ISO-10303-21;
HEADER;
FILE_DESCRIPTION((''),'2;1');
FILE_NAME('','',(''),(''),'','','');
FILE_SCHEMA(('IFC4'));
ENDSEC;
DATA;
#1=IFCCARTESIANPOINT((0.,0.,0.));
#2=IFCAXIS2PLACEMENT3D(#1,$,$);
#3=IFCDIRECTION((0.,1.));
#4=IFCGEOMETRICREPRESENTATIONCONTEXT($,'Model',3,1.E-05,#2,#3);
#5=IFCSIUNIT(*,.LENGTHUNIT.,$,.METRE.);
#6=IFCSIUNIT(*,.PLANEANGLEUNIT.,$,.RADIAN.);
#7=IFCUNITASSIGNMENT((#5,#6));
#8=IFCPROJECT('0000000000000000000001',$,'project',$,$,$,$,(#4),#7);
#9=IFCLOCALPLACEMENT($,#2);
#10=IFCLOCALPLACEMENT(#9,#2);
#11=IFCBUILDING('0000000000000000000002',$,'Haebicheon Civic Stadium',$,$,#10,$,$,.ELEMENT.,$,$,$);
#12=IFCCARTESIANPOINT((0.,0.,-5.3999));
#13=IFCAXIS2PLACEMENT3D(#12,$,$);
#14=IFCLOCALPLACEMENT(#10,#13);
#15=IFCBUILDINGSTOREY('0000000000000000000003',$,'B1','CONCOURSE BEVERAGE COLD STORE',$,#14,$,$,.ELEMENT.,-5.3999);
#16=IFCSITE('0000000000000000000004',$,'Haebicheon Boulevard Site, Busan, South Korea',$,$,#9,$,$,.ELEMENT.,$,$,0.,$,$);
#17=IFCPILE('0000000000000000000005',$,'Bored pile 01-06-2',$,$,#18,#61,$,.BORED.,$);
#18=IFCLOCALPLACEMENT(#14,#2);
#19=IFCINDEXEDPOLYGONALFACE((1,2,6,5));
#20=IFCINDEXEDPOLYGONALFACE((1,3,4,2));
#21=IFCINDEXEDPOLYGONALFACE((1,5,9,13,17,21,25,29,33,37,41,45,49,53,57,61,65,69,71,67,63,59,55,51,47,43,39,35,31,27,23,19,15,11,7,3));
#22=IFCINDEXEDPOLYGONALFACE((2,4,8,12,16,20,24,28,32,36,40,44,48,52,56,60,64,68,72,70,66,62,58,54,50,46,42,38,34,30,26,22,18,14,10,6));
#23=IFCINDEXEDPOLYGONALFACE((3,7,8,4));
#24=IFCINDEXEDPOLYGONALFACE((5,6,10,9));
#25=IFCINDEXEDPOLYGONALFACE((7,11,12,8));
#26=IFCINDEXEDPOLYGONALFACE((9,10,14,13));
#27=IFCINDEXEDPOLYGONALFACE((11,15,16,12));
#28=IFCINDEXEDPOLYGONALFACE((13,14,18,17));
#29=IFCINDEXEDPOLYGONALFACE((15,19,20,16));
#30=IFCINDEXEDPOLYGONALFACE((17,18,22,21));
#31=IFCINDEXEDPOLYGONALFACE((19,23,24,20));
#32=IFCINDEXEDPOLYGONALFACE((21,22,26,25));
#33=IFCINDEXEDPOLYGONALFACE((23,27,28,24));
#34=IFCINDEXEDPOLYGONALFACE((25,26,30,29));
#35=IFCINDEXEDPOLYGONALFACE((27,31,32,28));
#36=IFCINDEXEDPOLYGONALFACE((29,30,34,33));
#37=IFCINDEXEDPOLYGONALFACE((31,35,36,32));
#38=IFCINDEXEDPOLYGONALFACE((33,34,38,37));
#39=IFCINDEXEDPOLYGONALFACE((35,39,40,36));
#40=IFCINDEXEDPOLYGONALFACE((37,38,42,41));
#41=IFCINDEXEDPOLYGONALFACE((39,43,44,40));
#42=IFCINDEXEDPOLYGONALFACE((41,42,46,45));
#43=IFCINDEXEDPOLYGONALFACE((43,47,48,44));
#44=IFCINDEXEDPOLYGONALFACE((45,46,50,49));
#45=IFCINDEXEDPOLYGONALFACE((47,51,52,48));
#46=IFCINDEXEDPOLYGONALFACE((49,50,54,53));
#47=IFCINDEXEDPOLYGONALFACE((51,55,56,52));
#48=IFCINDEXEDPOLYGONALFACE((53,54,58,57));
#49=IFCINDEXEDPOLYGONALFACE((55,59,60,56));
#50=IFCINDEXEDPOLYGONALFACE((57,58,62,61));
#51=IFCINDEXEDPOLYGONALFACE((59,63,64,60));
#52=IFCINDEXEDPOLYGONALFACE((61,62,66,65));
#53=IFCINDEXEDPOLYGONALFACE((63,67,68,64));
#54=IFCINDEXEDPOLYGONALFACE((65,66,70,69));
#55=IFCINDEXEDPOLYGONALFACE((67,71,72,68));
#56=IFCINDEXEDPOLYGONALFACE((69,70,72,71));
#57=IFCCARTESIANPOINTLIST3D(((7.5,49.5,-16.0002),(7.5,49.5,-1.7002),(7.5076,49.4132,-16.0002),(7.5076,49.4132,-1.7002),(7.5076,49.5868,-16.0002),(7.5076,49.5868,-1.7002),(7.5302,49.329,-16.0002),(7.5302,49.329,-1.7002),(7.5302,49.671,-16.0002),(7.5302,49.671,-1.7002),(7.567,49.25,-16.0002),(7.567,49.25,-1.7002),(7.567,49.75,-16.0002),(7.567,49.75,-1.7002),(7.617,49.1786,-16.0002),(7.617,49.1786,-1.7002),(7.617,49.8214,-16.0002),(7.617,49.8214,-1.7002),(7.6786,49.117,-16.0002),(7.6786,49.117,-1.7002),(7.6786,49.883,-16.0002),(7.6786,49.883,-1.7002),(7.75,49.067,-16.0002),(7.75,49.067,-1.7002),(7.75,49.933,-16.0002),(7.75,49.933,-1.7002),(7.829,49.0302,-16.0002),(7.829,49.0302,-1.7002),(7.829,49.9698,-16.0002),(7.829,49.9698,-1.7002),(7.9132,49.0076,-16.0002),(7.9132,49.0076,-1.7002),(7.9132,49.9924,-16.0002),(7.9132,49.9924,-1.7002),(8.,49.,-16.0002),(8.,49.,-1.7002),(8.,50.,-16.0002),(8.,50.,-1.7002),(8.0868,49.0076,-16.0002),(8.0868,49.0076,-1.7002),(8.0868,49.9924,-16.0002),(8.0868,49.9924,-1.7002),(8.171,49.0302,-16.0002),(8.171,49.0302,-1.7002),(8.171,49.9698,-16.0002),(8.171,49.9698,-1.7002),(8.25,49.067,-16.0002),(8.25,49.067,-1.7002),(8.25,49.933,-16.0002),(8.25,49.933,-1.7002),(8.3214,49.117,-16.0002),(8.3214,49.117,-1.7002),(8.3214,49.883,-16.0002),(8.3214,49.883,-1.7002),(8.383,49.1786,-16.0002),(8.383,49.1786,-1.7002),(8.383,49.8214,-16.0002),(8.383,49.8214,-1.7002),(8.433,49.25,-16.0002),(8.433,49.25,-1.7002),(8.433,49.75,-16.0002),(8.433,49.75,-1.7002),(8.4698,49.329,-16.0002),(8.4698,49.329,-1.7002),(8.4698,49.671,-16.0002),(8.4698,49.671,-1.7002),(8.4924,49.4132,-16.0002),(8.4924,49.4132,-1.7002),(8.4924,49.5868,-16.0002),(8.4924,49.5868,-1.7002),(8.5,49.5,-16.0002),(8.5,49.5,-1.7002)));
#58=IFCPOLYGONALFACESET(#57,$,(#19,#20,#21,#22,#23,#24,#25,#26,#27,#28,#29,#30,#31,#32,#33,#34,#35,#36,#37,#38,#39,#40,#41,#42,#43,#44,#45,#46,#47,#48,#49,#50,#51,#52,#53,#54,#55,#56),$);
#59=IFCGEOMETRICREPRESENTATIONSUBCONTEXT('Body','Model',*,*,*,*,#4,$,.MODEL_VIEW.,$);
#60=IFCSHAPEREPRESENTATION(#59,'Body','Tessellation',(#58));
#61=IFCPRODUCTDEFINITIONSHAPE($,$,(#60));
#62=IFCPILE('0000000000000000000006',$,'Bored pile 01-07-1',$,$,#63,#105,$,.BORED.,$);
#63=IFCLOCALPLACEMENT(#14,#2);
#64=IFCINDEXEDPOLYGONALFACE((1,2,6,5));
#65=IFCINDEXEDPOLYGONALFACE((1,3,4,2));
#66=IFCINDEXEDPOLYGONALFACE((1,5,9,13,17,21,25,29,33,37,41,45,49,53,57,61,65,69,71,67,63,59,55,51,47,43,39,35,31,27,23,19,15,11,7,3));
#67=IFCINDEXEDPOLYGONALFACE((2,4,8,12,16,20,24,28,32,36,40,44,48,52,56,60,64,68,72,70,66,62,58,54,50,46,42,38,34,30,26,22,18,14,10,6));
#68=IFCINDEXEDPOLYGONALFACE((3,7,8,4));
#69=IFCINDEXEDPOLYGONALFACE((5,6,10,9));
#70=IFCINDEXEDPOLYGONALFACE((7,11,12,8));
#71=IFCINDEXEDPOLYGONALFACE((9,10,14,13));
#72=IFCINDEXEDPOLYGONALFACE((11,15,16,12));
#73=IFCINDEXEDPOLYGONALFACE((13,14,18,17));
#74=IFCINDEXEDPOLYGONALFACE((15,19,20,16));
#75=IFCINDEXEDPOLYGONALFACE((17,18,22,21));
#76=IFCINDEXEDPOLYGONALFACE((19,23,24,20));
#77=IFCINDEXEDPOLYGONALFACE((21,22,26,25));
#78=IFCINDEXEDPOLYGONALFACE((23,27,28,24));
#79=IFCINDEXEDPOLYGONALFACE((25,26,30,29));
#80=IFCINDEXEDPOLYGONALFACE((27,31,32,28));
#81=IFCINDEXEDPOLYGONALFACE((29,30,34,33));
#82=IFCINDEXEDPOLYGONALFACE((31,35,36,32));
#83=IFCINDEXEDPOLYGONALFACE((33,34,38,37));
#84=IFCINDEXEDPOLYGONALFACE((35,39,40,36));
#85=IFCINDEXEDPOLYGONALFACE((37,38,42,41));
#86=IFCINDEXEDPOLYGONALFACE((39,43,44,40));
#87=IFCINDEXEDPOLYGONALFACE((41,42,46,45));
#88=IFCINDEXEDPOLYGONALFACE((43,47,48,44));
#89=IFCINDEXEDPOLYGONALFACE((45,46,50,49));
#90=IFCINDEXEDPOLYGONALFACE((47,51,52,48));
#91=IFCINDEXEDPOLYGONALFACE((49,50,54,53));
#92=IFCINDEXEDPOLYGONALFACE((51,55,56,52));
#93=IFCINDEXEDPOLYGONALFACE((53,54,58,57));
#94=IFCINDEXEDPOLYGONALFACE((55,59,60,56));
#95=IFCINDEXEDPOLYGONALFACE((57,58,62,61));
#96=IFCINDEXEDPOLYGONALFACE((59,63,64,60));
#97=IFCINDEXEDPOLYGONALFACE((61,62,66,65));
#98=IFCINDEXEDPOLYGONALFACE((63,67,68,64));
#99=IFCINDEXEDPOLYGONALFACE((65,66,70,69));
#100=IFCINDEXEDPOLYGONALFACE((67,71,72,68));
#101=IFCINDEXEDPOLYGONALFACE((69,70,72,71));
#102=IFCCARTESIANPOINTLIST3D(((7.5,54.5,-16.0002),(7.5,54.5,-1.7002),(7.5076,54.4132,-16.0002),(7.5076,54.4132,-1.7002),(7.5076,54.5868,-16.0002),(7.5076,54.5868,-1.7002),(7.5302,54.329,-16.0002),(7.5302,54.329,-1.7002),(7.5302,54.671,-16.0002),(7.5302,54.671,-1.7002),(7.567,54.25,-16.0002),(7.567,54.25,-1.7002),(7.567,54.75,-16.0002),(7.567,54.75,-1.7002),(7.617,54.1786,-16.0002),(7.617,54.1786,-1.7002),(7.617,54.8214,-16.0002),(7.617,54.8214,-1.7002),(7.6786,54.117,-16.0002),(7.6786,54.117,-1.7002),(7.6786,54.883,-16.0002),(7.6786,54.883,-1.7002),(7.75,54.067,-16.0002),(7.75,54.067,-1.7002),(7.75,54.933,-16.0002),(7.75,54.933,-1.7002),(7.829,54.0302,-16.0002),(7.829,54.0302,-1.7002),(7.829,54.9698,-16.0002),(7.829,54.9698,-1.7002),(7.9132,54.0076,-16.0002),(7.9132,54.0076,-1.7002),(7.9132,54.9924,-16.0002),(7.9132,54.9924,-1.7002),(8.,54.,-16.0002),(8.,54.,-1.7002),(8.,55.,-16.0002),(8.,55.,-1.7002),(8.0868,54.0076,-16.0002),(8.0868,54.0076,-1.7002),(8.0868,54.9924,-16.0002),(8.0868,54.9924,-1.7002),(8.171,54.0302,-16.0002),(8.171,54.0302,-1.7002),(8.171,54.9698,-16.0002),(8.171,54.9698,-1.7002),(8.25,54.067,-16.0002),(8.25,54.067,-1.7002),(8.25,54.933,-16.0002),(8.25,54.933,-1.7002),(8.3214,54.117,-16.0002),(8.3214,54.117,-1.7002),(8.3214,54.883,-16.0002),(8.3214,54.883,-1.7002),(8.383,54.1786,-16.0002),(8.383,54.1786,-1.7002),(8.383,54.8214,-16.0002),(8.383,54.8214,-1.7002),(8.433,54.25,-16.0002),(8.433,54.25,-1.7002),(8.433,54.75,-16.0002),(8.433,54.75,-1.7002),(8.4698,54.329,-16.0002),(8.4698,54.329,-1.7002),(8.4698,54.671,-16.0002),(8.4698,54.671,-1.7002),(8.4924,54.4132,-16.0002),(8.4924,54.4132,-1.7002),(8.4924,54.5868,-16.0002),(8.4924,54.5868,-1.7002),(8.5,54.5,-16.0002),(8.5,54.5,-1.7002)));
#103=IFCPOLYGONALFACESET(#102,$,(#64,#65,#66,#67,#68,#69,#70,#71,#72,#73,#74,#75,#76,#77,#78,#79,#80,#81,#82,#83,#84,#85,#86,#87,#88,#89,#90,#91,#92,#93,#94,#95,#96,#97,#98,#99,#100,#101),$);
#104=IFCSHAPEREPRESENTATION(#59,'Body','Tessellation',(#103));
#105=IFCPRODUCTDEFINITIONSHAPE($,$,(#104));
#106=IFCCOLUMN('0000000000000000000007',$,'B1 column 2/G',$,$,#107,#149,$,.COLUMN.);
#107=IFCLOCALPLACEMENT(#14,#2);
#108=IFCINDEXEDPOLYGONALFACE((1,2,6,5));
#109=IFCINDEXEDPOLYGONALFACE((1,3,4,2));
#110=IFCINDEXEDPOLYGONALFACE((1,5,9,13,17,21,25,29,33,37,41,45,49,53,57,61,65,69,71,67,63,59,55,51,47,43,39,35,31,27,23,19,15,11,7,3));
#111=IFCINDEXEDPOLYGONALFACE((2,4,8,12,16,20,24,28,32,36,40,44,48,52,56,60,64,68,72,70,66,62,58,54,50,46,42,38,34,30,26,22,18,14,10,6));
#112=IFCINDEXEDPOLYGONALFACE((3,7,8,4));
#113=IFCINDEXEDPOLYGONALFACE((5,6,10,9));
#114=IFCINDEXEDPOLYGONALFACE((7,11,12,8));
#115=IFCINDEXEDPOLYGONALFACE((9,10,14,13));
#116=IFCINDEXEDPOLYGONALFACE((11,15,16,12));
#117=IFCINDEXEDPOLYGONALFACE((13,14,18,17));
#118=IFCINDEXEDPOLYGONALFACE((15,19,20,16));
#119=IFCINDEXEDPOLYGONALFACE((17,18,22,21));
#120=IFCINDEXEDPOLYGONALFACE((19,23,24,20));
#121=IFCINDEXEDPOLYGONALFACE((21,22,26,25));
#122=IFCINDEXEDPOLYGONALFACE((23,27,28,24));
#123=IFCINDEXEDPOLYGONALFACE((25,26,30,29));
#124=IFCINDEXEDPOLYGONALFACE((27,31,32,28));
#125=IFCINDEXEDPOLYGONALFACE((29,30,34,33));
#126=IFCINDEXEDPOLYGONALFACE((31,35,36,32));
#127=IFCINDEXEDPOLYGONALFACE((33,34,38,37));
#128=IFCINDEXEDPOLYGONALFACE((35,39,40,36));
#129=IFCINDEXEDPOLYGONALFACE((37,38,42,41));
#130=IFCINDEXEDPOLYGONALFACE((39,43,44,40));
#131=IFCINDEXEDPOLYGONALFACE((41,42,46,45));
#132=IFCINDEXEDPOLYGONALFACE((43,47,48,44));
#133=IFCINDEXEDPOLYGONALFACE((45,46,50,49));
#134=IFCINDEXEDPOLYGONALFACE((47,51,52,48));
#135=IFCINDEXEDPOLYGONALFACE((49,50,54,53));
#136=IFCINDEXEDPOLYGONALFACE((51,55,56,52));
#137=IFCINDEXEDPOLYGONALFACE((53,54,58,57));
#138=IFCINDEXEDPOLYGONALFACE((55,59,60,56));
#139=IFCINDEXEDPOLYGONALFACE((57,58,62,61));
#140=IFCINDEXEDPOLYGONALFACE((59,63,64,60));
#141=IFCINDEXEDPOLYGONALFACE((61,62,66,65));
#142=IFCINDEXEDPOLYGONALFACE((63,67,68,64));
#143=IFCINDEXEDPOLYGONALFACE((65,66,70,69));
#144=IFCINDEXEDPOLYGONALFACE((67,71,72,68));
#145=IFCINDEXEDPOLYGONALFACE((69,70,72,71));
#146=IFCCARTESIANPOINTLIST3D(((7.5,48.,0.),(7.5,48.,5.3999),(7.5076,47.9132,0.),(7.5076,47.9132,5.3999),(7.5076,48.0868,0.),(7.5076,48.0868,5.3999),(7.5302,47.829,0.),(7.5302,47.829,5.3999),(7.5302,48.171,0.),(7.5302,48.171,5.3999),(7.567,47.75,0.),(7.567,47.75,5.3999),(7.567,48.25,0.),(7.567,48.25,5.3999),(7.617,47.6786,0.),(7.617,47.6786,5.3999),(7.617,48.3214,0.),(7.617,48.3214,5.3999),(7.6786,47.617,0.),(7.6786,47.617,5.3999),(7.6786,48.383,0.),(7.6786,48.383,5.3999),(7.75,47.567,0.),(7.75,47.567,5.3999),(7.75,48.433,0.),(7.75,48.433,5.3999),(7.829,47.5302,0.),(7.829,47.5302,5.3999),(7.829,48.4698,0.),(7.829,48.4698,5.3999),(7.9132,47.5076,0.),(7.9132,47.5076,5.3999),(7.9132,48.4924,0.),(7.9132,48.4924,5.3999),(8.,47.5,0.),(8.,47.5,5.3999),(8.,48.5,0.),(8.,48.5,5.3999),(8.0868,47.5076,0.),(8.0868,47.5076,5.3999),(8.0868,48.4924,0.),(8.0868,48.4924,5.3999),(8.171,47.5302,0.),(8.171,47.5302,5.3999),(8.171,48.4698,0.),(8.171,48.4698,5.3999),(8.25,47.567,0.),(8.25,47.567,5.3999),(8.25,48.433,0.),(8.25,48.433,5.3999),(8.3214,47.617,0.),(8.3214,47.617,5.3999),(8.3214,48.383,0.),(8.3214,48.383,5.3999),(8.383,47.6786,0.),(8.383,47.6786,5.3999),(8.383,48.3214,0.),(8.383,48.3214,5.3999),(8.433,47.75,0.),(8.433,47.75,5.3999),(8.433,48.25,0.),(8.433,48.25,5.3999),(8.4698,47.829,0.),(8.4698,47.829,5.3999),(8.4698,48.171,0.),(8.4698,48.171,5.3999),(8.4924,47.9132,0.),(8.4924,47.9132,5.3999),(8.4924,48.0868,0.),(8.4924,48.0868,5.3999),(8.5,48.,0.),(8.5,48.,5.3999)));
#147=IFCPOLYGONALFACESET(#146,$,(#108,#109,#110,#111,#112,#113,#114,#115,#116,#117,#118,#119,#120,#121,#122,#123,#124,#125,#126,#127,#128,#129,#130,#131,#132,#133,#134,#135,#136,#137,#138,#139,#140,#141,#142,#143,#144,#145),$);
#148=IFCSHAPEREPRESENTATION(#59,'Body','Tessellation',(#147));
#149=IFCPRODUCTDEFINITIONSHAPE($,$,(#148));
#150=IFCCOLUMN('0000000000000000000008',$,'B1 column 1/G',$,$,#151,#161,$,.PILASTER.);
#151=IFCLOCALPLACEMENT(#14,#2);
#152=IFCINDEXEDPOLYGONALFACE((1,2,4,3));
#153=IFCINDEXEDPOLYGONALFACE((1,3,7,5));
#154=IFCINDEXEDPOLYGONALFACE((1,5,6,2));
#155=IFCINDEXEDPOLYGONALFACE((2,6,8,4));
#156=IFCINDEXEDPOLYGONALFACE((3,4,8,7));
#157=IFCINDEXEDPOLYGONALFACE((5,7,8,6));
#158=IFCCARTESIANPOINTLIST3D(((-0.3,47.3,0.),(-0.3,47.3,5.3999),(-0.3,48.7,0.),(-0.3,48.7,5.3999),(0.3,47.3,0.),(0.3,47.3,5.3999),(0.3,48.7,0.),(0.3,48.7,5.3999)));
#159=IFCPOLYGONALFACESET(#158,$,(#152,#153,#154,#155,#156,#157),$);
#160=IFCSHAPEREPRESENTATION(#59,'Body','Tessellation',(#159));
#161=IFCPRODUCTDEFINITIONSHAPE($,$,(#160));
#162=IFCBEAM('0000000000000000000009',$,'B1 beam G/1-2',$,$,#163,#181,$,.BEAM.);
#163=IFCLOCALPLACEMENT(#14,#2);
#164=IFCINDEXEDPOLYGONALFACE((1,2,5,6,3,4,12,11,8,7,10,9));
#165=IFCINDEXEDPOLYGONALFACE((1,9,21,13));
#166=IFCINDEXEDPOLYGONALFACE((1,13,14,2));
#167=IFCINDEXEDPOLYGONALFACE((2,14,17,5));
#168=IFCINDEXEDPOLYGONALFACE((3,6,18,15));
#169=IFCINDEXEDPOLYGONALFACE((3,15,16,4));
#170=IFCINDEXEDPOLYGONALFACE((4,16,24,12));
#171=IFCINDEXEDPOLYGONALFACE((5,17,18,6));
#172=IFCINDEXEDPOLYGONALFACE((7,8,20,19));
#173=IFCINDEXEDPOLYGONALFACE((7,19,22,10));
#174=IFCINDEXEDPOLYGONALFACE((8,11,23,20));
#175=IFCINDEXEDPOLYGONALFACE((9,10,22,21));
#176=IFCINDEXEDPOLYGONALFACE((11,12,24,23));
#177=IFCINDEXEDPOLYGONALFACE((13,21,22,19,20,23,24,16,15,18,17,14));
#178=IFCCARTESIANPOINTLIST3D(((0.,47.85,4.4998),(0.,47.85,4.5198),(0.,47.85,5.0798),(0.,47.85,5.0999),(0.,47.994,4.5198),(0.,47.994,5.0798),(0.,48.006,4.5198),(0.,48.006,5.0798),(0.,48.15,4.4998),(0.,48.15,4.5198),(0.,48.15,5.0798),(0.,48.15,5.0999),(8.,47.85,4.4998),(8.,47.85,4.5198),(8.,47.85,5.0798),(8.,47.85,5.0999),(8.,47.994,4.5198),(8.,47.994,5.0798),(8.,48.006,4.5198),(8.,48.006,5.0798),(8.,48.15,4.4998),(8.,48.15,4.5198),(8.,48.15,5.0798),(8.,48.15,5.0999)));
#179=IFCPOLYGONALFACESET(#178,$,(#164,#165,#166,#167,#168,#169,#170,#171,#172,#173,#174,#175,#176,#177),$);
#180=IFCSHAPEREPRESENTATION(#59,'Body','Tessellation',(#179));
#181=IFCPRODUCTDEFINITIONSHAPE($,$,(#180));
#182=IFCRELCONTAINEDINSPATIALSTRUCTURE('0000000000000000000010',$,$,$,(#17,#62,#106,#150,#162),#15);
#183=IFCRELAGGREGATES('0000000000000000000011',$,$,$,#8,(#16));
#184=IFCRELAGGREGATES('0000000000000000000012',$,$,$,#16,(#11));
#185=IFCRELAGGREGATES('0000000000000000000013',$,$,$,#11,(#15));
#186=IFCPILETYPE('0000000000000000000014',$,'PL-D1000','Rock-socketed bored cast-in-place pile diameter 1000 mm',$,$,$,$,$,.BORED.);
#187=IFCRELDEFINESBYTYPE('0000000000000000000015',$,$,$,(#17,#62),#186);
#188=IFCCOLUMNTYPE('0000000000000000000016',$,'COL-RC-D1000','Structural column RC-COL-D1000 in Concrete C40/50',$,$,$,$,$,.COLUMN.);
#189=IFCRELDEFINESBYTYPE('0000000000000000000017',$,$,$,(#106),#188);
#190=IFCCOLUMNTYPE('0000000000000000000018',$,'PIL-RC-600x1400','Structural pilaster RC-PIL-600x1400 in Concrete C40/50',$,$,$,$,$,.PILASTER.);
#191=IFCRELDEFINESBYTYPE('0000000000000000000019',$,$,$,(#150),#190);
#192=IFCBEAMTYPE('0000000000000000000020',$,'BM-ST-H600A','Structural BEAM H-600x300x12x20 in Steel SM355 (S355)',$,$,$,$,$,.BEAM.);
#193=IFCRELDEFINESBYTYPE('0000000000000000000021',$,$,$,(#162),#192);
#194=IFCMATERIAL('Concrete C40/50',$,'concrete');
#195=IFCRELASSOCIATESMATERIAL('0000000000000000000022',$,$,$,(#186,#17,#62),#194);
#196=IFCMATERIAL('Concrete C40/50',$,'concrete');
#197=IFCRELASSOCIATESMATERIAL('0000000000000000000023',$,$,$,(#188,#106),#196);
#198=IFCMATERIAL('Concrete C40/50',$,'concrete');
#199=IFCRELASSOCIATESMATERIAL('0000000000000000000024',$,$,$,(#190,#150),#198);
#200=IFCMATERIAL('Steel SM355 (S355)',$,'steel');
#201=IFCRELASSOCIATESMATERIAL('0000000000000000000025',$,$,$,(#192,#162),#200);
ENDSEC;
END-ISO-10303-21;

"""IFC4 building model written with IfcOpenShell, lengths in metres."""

from ifc_helpers import new_model, si_unit, direction, frame, origin, origin_2d, place, context, subcontext, project, spatial, rectangle, circle, i_section, extrude, material, material_profile, profile_set, type_object, element, save


model = new_model("IFC4")

# Units and contexts
model_context = context("Model", 3, precision=1e-05, world=origin(), true_north=direction((0.0, 1.0)))
body_context = subcontext(model_context, "Body", "Model", "MODEL_VIEW")
ifc_project = project(units=[si_unit("LENGTHUNIT", "METRE"), si_unit("PLANEANGLEUNIT", "RADIAN")], contexts=[model_context])

# Site, building, storey
site_placement = place(None, origin())
site = spatial("IfcSite", under=ifc_project, at=site_placement, Name="Haebicheon Boulevard Site, Busan, South Korea", CompositionType="ELEMENT", RefElevation=0.0)
building_placement = place(site_placement, origin())
building = spatial("IfcBuilding", under=site, at=building_placement, Name="Haebicheon Civic Stadium", CompositionType="ELEMENT")
storey_placement = place(building_placement, frame((0.0, 0.0, -5.3999)))
storey = spatial("IfcBuildingStorey", under=building, at=storey_placement, Name="B1", Description="CONCOURSE BEVERAGE COLD STORE", CompositionType="ELEMENT", Elevation=-5.3999)

# Piles
ifc_material_1 = material(Name="Concrete C40/50", Category="concrete")
ifc_material_profile_1 = material_profile(ifc_material_1, circle(Radius=0.5, at=origin_2d()), Name="PILE-D1000")
ifc_profile_set_1 = profile_set([ifc_material_profile_1], Name="Concrete C40/50")
pile_type = type_object("IfcPileType", Name="PL-D1000", Description="Rock-socketed bored cast-in-place pile diameter 1000 mm", PredefinedType="BORED", material=ifc_profile_set_1)
for number, where, z_axis, x_axis, name in (
    (1, (8.0, 49.5, -1.7002), (0.0, 0.0, -1.0), (1.0, 0.0, 0.0), "Bored pile 01-06-2"),
    (2, (8.0, 54.5, -1.7002), (0.0, 0.0, -1.0), (1.0, 0.0, 0.0), "Bored pile 01-07-1"),
):
    element("IfcPile", number, at=place(storey_placement, frame(where, z_axis=z_axis, x_axis=x_axis)), inside=storey, type_object=pile_type, material=ifc_profile_set_1, Name=name, PredefinedType="BORED", context=body_context, shape_type="SweptSolid", body=[
        extrude(circle(Radius=0.5, at=origin_2d()), origin(), (0.0, 0.0, 1.0), 14.3),
    ])

# Columns
ifc_material_2 = material(Name="Concrete C40/50", Category="concrete")
ifc_material_profile_2 = material_profile(ifc_material_2, circle(Radius=0.5, at=origin_2d()), Name="RC-COL-D1000")
ifc_profile_set_2 = profile_set([ifc_material_profile_2], Name="Concrete C40/50")
column_type_1 = type_object("IfcColumnType", Name="COL-RC-D1000", Description="Structural column RC-COL-D1000 in Concrete C40/50", PredefinedType="COLUMN", material=ifc_profile_set_2)
column_1_placement = place(storey_placement, frame((8.0, 48.0, 0.0), z_axis=(0.0, 0.0, 1.0), x_axis=(1.0, 0.0, 0.0)))
element("IfcColumn", 3, at=column_1_placement, inside=storey, type_object=column_type_1, material=ifc_profile_set_2, Name="B1 column 2/G", PredefinedType="COLUMN", context=body_context, shape_type="SweptSolid", body=[
    extrude(circle(Radius=0.5, at=origin_2d()), origin(), (0.0, 0.0, 1.0), 5.3999),
])
ifc_material_3 = material(Name="Concrete C40/50", Category="concrete")
ifc_material_profile_3 = material_profile(ifc_material_3, rectangle(XDim=0.6001, YDim=1.3999, at=origin_2d()), Name="RC-PIL-600x1400")
ifc_profile_set_3 = profile_set([ifc_material_profile_3], Name="Concrete C40/50")
column_type_2 = type_object("IfcColumnType", Name="PIL-RC-600x1400", Description="Structural pilaster RC-PIL-600x1400 in Concrete C40/50", PredefinedType="PILASTER", material=ifc_profile_set_3)
column_2_placement = place(storey_placement, frame((0.0, 48.0, 0.0), z_axis=(0.0, 0.0, 1.0), x_axis=(1.0, 0.0, 0.0)))
element("IfcColumn", 4, at=column_2_placement, inside=storey, type_object=column_type_2, material=ifc_profile_set_3, Name="B1 column 1/G", PredefinedType="PILASTER", context=body_context, shape_type="SweptSolid", body=[
    extrude(rectangle(XDim=0.6001, YDim=1.3999, at=origin_2d()), origin(), (0.0, 0.0, 1.0), 5.3999),
])

# Beam
ifc_material_4 = material(Name="Steel SM355 (S355)", Category="steel")
ifc_material_profile_4 = material_profile(ifc_material_4, i_section(OverallWidth=0.3, OverallDepth=0.6001, WebThickness=0.012, FlangeThickness=0.02, at=origin_2d()), Name="H-600x300x12x20")
ifc_profile_set_4 = profile_set([ifc_material_profile_4], Name="Steel SM355 (S355)")
beam_type_1 = type_object("IfcBeamType", Name="BM-ST-H600A", Description="Structural BEAM H-600x300x12x20 in Steel SM355 (S355)", PredefinedType="BEAM", material=ifc_profile_set_4)
beam_1_placement = place(storey_placement, frame((0.0, 48.0, 4.7998), z_axis=(1.0, 0.0, 0.0), x_axis=(0.0, 1.0, 0.0)))
element("IfcBeam", 5, at=beam_1_placement, inside=storey, type_object=beam_type_1, material=ifc_profile_set_4, Name="B1 beam G/1-2", PredefinedType="BEAM", context=body_context, shape_type="SweptSolid", body=[
    extrude(i_section(OverallWidth=0.3, OverallDepth=0.6001, WebThickness=0.012, FlangeThickness=0.02, at=origin_2d()), origin(), (0.0, 0.0, 1.0), 8.0),
])

save(model, "model.ifc")
